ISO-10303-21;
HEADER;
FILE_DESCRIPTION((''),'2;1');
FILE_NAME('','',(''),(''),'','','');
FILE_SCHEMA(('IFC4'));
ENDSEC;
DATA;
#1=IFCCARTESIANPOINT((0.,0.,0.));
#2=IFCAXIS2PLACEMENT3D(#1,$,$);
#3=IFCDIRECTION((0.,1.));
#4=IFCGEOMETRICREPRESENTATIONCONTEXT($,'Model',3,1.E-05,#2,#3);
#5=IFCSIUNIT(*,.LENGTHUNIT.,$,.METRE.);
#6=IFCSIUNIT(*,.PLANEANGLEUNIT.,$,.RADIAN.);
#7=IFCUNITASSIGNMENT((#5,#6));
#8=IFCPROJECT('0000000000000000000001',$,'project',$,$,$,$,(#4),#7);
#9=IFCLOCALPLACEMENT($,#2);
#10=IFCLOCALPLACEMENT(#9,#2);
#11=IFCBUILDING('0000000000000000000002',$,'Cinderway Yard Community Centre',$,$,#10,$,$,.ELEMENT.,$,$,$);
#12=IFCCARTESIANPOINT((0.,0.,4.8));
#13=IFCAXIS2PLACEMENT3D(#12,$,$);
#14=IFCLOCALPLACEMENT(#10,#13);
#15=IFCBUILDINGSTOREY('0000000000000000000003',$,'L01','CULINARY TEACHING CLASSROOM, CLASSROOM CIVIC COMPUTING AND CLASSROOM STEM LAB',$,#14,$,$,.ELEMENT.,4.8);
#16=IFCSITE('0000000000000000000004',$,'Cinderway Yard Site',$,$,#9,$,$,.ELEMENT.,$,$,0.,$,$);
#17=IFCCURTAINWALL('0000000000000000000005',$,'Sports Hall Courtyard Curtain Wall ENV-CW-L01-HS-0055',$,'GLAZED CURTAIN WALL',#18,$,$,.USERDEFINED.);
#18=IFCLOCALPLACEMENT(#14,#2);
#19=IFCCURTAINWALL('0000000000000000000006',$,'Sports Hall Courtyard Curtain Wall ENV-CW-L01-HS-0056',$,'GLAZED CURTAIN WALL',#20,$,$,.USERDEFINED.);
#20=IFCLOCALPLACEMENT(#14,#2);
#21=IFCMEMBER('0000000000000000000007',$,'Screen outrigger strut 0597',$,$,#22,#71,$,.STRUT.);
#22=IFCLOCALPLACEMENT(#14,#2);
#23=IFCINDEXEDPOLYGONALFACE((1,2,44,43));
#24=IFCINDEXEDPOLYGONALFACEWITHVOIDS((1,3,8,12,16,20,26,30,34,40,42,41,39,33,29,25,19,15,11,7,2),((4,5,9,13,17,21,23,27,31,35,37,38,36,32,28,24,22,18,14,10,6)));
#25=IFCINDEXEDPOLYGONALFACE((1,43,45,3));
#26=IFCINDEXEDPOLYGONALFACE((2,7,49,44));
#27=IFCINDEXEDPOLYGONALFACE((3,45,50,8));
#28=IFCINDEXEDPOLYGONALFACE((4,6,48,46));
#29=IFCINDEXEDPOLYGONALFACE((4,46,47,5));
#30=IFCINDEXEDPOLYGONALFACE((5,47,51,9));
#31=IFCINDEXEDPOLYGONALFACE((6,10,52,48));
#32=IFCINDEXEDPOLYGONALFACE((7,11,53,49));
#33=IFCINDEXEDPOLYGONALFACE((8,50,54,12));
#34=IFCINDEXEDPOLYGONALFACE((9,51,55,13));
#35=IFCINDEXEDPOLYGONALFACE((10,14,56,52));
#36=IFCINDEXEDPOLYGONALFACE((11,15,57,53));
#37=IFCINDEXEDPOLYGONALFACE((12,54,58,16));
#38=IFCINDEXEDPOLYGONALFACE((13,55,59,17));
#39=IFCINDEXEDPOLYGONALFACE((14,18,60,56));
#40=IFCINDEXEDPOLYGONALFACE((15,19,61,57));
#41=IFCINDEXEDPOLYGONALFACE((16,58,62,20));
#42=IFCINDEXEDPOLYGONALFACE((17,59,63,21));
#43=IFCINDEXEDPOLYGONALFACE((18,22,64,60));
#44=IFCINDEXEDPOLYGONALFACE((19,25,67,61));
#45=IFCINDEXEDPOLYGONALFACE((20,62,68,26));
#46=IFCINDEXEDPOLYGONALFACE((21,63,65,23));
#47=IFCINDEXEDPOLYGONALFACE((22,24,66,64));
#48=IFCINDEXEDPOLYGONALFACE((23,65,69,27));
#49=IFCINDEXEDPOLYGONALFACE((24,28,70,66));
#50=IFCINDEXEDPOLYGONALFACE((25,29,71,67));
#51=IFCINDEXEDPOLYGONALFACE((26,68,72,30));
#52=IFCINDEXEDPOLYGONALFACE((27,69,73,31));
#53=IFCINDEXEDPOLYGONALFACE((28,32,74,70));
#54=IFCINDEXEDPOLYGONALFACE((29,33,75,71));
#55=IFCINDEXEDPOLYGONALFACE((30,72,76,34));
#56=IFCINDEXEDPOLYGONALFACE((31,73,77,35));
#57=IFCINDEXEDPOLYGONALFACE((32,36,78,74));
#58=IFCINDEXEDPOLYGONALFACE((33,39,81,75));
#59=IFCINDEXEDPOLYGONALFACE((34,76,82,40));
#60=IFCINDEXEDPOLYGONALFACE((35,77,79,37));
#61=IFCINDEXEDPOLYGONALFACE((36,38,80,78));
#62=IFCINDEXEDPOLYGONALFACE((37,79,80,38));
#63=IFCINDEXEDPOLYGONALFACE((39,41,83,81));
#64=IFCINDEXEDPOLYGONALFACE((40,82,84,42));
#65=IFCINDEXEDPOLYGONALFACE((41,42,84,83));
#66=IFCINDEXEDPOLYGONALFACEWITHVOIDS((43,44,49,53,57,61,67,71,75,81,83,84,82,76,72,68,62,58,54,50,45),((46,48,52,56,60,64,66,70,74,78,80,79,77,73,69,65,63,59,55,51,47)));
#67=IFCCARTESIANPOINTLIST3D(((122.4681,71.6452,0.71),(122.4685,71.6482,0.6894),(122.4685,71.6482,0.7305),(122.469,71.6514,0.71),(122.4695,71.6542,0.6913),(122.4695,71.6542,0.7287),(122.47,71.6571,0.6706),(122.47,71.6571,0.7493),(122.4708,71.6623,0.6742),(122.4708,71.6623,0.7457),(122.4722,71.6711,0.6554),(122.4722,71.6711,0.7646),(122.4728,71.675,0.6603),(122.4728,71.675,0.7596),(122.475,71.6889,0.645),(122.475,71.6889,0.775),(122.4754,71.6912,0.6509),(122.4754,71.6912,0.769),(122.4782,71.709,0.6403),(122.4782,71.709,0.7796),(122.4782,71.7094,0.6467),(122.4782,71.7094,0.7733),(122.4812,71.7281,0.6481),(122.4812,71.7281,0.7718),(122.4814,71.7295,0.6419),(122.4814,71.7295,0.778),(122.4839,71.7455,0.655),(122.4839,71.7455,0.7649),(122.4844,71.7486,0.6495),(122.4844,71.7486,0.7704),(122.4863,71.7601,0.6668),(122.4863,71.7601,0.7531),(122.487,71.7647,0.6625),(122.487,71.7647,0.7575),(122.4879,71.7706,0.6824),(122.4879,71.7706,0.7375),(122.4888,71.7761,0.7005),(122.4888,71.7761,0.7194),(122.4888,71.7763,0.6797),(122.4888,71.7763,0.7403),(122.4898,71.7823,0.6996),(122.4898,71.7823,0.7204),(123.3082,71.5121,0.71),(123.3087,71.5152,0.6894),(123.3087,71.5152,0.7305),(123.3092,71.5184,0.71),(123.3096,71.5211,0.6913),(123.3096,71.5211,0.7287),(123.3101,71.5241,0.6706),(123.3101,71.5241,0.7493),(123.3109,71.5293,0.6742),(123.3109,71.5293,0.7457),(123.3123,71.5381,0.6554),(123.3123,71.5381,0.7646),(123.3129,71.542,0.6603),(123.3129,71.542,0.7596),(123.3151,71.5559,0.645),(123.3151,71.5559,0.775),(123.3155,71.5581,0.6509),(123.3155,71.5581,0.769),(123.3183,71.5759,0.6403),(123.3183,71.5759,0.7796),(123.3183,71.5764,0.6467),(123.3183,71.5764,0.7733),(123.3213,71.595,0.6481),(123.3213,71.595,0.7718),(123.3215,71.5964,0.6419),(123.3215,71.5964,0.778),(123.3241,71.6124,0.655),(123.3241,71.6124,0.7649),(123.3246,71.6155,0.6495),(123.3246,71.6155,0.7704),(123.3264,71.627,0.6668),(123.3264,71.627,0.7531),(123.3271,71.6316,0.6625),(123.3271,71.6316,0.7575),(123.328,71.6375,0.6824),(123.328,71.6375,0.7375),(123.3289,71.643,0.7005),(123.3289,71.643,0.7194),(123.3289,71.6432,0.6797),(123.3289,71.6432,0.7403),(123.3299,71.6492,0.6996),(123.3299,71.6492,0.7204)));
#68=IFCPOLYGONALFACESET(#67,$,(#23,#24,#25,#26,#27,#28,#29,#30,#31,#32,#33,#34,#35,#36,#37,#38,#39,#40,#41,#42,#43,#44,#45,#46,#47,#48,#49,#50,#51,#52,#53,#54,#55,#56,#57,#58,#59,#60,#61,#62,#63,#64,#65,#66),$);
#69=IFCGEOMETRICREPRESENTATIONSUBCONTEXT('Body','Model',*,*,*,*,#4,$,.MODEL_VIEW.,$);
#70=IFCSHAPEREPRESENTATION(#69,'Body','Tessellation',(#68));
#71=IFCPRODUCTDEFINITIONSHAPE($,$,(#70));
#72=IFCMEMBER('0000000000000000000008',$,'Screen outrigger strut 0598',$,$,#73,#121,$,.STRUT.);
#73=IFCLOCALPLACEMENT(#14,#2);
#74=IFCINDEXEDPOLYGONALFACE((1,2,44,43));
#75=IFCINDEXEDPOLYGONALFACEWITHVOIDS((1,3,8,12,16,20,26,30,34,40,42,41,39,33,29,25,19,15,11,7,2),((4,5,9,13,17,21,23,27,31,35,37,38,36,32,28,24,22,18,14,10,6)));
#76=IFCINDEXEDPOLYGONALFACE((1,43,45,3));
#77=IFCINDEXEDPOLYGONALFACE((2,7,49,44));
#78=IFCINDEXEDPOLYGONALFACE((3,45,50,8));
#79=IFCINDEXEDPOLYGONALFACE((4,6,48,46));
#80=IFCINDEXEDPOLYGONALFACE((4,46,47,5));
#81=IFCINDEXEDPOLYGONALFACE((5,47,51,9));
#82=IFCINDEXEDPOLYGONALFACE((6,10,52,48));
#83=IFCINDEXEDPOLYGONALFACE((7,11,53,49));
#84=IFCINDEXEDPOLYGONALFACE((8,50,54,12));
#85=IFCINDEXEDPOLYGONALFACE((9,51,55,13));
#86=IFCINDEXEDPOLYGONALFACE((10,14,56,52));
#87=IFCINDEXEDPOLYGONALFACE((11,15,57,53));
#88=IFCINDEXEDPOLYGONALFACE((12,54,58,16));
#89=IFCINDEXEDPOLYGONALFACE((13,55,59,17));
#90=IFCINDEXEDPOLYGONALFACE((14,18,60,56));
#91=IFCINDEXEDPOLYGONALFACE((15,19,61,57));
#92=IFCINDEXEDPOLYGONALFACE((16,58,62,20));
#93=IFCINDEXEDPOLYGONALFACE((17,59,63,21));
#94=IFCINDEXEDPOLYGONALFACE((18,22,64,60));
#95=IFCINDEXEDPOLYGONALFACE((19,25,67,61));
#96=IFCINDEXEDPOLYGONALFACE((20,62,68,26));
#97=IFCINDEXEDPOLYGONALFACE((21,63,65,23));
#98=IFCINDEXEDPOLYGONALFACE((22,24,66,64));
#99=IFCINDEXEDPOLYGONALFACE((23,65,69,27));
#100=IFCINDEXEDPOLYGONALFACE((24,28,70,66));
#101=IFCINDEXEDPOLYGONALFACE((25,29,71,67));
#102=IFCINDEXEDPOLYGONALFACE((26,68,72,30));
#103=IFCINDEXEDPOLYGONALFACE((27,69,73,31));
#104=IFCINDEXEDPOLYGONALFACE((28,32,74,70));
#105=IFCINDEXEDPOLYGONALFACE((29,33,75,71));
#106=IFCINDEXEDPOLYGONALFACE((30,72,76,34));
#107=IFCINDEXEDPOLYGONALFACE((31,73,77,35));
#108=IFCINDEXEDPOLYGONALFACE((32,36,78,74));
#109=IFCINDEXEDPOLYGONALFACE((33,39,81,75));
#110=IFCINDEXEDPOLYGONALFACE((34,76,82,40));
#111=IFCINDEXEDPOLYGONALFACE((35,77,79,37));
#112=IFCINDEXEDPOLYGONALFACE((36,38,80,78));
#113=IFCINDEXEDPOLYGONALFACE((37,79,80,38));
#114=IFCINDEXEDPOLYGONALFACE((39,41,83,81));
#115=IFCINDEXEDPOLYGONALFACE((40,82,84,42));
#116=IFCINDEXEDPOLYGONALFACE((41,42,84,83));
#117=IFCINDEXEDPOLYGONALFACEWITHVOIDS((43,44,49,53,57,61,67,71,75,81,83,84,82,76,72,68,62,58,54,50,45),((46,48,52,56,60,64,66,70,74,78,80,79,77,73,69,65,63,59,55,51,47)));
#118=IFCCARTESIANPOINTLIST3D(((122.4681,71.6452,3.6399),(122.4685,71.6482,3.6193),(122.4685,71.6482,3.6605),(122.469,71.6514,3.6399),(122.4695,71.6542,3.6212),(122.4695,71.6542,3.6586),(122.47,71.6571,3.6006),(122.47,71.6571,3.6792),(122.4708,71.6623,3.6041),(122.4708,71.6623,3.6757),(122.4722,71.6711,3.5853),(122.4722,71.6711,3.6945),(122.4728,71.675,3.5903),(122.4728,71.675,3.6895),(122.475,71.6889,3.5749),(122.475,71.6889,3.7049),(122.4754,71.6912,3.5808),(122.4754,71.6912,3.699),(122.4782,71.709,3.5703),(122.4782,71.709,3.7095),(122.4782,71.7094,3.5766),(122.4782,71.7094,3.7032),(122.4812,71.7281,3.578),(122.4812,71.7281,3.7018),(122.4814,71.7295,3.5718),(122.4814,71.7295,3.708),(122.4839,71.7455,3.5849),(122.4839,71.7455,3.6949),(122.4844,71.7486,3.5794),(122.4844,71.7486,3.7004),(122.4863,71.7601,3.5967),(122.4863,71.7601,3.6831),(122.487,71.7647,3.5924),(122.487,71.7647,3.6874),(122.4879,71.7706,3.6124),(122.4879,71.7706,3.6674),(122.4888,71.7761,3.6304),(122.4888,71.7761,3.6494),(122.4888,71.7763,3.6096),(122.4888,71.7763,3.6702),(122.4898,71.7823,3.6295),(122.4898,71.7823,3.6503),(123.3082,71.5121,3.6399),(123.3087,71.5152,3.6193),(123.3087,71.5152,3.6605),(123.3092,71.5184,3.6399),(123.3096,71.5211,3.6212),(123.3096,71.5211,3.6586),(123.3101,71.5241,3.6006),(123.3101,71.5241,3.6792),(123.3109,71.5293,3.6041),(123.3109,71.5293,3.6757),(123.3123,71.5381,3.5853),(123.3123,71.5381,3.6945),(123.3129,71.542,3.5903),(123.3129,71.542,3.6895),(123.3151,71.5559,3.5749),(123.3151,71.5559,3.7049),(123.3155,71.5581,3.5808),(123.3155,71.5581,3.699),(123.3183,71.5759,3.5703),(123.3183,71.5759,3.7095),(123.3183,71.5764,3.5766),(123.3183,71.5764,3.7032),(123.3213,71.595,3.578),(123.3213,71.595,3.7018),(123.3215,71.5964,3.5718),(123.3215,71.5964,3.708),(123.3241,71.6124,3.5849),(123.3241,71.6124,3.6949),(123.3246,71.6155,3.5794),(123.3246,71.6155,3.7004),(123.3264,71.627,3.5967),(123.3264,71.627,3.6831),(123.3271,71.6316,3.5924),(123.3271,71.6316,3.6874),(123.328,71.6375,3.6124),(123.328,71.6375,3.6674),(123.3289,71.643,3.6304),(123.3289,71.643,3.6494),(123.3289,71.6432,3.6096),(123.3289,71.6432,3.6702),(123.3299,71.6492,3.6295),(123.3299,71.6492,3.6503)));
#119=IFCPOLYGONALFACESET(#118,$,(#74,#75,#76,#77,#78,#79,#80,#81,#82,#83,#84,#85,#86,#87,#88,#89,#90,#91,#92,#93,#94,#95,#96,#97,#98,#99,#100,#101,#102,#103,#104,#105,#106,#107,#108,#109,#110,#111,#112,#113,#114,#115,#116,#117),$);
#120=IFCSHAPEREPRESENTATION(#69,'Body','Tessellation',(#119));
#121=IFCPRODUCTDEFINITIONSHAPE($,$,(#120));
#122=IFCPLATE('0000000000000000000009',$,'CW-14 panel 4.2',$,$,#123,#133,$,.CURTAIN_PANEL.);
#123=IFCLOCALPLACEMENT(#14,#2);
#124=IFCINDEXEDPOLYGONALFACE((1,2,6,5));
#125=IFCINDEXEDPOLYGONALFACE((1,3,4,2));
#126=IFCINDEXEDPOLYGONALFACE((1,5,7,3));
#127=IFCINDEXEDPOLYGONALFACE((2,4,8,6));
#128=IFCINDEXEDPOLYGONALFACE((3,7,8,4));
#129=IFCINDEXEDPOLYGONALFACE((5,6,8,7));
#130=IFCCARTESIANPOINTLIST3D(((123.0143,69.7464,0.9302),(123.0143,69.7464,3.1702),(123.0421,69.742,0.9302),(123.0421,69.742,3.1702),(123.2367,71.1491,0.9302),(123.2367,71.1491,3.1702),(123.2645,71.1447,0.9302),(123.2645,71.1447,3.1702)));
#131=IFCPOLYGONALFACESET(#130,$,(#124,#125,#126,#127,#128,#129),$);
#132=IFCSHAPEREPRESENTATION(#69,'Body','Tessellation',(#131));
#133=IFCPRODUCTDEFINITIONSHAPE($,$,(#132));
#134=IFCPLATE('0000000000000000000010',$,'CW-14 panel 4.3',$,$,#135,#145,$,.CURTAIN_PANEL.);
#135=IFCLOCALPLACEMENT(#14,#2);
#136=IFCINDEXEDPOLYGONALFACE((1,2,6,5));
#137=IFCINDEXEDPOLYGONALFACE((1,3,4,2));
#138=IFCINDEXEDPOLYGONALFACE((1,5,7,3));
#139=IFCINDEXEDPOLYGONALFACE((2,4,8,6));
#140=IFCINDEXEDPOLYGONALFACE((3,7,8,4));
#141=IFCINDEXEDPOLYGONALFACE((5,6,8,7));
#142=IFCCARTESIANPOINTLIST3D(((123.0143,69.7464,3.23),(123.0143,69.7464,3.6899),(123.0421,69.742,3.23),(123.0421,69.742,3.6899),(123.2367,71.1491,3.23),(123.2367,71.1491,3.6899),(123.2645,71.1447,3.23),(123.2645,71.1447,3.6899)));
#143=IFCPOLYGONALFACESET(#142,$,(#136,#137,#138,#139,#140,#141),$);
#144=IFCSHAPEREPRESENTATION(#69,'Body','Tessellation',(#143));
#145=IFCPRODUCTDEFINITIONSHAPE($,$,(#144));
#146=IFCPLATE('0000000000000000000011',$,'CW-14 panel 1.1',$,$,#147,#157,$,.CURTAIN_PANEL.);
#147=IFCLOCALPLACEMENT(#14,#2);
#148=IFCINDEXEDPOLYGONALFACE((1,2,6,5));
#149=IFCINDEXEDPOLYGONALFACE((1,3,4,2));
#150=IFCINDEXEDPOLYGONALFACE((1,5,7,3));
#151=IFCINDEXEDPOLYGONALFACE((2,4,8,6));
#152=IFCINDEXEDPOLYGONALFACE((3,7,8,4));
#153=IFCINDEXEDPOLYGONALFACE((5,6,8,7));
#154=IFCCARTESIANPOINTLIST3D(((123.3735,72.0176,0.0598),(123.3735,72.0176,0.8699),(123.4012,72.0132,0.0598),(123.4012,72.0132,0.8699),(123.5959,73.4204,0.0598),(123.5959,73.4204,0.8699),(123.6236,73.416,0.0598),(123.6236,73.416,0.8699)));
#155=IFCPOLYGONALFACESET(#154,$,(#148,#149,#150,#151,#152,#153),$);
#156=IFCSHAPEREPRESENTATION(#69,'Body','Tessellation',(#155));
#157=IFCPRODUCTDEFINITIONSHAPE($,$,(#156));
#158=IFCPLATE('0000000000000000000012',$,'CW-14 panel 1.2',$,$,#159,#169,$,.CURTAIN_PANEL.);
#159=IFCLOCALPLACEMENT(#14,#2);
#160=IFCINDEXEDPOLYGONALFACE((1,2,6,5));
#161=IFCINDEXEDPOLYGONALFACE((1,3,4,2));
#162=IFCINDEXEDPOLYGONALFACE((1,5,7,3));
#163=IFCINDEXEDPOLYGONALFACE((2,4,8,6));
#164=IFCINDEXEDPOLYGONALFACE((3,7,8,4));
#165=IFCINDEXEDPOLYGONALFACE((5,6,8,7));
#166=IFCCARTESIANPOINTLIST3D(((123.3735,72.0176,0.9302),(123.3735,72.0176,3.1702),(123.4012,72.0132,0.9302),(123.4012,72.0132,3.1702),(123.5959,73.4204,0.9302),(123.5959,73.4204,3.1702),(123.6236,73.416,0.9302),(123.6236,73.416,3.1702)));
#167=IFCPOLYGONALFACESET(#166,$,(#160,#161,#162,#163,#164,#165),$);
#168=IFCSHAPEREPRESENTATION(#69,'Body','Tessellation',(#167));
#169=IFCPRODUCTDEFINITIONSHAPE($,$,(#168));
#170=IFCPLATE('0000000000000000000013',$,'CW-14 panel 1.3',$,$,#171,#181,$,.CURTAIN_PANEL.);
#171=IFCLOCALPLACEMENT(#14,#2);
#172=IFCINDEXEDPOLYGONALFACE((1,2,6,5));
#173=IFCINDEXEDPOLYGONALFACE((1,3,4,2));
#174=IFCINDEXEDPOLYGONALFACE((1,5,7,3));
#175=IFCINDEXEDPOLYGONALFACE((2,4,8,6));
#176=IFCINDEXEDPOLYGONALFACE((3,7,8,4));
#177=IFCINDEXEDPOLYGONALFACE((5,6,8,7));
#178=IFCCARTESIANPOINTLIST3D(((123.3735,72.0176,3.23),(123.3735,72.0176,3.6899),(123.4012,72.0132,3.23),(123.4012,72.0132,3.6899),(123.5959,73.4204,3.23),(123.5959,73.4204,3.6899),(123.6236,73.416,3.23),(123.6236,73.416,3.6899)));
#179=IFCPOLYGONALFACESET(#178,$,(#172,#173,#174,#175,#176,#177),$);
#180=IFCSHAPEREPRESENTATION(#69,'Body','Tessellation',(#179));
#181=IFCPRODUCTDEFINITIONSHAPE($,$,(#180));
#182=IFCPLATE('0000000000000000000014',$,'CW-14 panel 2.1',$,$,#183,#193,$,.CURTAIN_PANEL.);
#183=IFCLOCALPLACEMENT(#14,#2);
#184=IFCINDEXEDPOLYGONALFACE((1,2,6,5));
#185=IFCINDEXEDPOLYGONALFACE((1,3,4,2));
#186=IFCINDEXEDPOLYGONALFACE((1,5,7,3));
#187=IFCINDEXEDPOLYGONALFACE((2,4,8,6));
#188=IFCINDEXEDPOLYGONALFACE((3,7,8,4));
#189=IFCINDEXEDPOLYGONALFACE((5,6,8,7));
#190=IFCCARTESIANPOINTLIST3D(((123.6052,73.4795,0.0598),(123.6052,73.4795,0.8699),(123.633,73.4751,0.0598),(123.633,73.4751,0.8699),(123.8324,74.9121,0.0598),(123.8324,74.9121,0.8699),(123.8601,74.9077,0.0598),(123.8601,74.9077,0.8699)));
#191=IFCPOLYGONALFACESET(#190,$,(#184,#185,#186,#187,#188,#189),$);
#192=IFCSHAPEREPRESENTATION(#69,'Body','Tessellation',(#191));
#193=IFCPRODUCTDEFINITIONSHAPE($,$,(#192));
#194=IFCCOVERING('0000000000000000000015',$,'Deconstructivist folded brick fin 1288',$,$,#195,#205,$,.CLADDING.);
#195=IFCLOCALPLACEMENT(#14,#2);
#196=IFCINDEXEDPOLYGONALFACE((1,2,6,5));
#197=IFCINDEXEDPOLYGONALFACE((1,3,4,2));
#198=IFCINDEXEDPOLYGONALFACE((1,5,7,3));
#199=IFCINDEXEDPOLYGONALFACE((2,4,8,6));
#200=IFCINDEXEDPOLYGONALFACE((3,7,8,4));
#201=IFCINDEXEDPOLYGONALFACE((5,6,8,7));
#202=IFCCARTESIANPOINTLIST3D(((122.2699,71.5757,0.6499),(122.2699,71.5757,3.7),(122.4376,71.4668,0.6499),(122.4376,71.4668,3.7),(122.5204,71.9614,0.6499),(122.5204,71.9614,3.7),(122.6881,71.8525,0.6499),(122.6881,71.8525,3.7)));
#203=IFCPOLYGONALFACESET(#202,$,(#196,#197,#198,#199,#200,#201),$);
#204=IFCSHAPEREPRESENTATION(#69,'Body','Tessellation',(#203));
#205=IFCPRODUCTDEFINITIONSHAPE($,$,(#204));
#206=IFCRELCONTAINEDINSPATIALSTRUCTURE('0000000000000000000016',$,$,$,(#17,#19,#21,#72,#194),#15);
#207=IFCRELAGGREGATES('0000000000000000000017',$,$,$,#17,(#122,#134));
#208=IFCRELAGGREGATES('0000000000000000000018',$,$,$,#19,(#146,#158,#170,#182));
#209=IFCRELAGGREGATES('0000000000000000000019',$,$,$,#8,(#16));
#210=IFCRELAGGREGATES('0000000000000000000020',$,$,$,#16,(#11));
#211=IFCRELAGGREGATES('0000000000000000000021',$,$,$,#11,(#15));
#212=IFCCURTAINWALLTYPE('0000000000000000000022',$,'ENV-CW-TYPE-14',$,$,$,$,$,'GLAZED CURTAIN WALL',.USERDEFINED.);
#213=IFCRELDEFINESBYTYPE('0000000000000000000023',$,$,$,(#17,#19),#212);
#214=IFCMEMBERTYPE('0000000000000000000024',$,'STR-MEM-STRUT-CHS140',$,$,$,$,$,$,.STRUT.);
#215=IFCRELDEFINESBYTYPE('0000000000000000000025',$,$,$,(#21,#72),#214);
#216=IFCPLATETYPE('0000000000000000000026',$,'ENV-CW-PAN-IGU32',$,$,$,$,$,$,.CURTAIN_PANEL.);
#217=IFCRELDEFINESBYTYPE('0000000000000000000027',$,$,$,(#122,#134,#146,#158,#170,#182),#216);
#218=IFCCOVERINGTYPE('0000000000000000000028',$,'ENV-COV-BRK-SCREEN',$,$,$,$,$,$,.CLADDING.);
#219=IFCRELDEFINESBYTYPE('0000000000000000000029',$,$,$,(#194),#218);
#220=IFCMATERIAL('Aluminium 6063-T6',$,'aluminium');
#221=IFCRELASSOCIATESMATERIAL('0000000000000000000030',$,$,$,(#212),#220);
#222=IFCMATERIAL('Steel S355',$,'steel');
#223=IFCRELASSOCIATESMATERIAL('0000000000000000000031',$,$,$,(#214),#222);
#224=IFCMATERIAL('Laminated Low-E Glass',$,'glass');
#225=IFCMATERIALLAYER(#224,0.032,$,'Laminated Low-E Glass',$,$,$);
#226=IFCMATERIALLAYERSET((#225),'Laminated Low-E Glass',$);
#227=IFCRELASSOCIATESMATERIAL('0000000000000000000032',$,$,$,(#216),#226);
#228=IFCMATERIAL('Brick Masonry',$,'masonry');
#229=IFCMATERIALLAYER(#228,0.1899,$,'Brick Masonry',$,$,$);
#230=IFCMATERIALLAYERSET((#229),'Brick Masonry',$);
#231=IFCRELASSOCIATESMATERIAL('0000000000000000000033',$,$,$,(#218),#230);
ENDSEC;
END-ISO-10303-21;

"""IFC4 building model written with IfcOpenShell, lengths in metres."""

from ifc_helpers import new_model, si_unit, direction, frame, origin, origin_2d, place, context, subcontext, project, spatial, rectangle, hollow_circle, extrude, material, layer, layer_set, material_profile, profile_set, type_object, element, aggregate, save


model = new_model("IFC4")

# Units and contexts
model_context = context("Model", 3, precision=1e-05, world=origin(), true_north=direction((0.0, 1.0)))
body_context = subcontext(model_context, "Body", "Model", "MODEL_VIEW")
ifc_project = project(units=[si_unit("LENGTHUNIT", "METRE"), si_unit("PLANEANGLEUNIT", "RADIAN")], contexts=[model_context])

# Site, building, storey
site_placement = place(None, origin())
site = spatial("IfcSite", under=ifc_project, at=site_placement, Name="Cinderway Yard Site", CompositionType="ELEMENT", RefElevation=0.0)
building_placement = place(site_placement, origin())
building = spatial("IfcBuilding", under=site, at=building_placement, Name="Cinderway Yard Community Centre", CompositionType="ELEMENT")
storey_placement = place(building_placement, frame((0.0, 0.0, 4.8)))
storey = spatial("IfcBuildingStorey", under=building, at=storey_placement, Name="L01", Description="CULINARY TEACHING CLASSROOM, CLASSROOM CIVIC COMPUTING AND CLASSROOM STEM LAB", CompositionType="ELEMENT", Elevation=4.8)

# Curtain wall
ifc_material_1 = material(Name="Aluminium 6063-T6", Category="aluminium")
curtain_wall_type = type_object("IfcCurtainWallType", Name="ENV-CW-TYPE-14", ElementType="GLAZED CURTAIN WALL", PredefinedType="USERDEFINED", material=ifc_material_1)
curtain_wall_1_placement = place(storey_placement, origin())
curtain_wall_1 = element("IfcCurtainWall", 1, at=curtain_wall_1_placement, inside=storey, type_object=curtain_wall_type, Name="Sports Hall Courtyard Curtain Wall ENV-CW-L01-HS-0055", ObjectType="GLAZED CURTAIN WALL", PredefinedType="USERDEFINED")

# Curtain wall
curtain_wall_2_placement = place(storey_placement, origin())
curtain_wall_2 = element("IfcCurtainWall", 2, at=curtain_wall_2_placement, inside=storey, type_object=curtain_wall_type, Name="Sports Hall Courtyard Curtain Wall ENV-CW-L01-HS-0056", ObjectType="GLAZED CURTAIN WALL", PredefinedType="USERDEFINED")

# Shared definitions
ifc_material_2 = material(Name="Steel S355", Category="steel")

# Members
ifc_material_profile_1 = material_profile(ifc_material_2, hollow_circle(Radius=0.0698, WallThickness=0.0063, at=origin_2d()), Name="Steel S355")
ifc_profile_set_1 = profile_set([ifc_material_profile_1], Name="Steel S355")
member_type_1 = type_object("IfcMemberType", Name="STR-MEM-STRUT-CHS140", PredefinedType="STRUT", material=ifc_profile_set_1)
for number, where, z_axis, x_axis, name in (
    (3, (123.3191, 71.5811, 0.71), (-0.987688, 0.156434, 0.0), (-0.156434, -0.987688, 0.0), "Screen outrigger strut 0597"),
    (4, (123.3191, 71.5811, 3.6399), (-0.987688, 0.156434, 0.0), (-0.156434, -0.987688, 0.0), "Screen outrigger strut 0598"),
):
    element("IfcMember", number, at=place(storey_placement, frame(where, z_axis=z_axis, x_axis=x_axis)), inside=storey, type_object=member_type_1, Name=name, PredefinedType="STRUT", context=body_context, shape_type="SweptSolid", body=[
        extrude(hollow_circle(Radius=0.0698, WallThickness=0.0063, at=origin_2d()), origin(), (0.0, 0.0, 1.0), 0.8506),
    ])

# Plates
ifc_material_3 = material(Name="Laminated Low-E Glass", Category="glass")
ifc_layer_1 = layer(ifc_material_3, 0.032, Name="Laminated Low-E Glass")
ifc_layer_set_1 = layer_set([ifc_layer_1], Name="Laminated Low-E Glass")
plate_type = type_object("IfcPlateType", Name="ENV-CW-PAN-IGU32", PredefinedType="CURTAIN_PANEL", material=ifc_layer_set_1)
plate_1_placement = place(storey_placement, frame((123.1394, 70.4456, 0.9302), z_axis=(0.0, 0.0, 1.0), x_axis=(0.156609, 0.987661, 0.0)))
plate_1 = element("IfcPlate", 5, at=plate_1_placement, type_object=plate_type, Name="CW-14 panel 4.2", PredefinedType="CURTAIN_PANEL", context=body_context, shape_type="SweptSolid", body=[
    extrude(rectangle(XDim=1.4202, YDim=0.0281, at=origin_2d()), origin(), (0.0, 0.0, 1.0), 2.24),
])
plate_2_placement = place(storey_placement, frame((123.1394, 70.4456, 3.23), z_axis=(0.0, 0.0, 1.0), x_axis=(0.156609, 0.987661, 0.0)))
plate_2 = element("IfcPlate", 6, at=plate_2_placement, type_object=plate_type, Name="CW-14 panel 4.3", PredefinedType="CURTAIN_PANEL", context=body_context, shape_type="SweptSolid", body=[
    extrude(rectangle(XDim=1.4202, YDim=0.0281, at=origin_2d()), origin(), (0.0, 0.0, 1.0), 0.46),
])
aggregate(curtain_wall_1, [plate_1, plate_2])
plate_3_placement = place(storey_placement, frame((123.4985, 72.7168, 0.0598), z_axis=(0.0, 0.0, 1.0), x_axis=(0.156583, 0.987665, 0.0)))
plate_3 = element("IfcPlate", 7, at=plate_3_placement, type_object=plate_type, Name="CW-14 panel 1.1", PredefinedType="CURTAIN_PANEL", context=body_context, shape_type="SweptSolid", body=[
    extrude(rectangle(XDim=1.4204, YDim=0.0281, at=origin_2d()), origin(), (0.0, 0.0, 1.0), 0.8101),
])
plate_4_placement = place(storey_placement, frame((123.4985, 72.7168, 0.9302), z_axis=(0.0, 0.0, 1.0), x_axis=(0.156583, 0.987665, 0.0)))
plate_4 = element("IfcPlate", 8, at=plate_4_placement, type_object=plate_type, Name="CW-14 panel 1.2", PredefinedType="CURTAIN_PANEL", context=body_context, shape_type="SweptSolid", body=[
    extrude(rectangle(XDim=1.4204, YDim=0.0281, at=origin_2d()), origin(), (0.0, 0.0, 1.0), 2.24),
])
plate_5_placement = place(storey_placement, frame((123.4985, 72.7168, 3.23), z_axis=(0.0, 0.0, 1.0), x_axis=(0.156583, 0.987665, 0.0)))
plate_5 = element("IfcPlate", 9, at=plate_5_placement, type_object=plate_type, Name="CW-14 panel 1.3", PredefinedType="CURTAIN_PANEL", context=body_context, shape_type="SweptSolid", body=[
    extrude(rectangle(XDim=1.4204, YDim=0.0281, at=origin_2d()), origin(), (0.0, 0.0, 1.0), 0.46),
])
plate_6_placement = place(storey_placement, frame((123.7327, 74.1936, 0.0598), z_axis=(0.0, 0.0, 1.0), x_axis=(0.156583, 0.987665, 0.0)))
plate_6 = element("IfcPlate", 10, at=plate_6_placement, type_object=plate_type, Name="CW-14 panel 2.1", PredefinedType="CURTAIN_PANEL", context=body_context, shape_type="SweptSolid", body=[
    extrude(rectangle(XDim=1.4504, YDim=0.0281, at=origin_2d()), origin(), (0.0, 0.0, 1.0), 0.8101),
])
aggregate(curtain_wall_2, [plate_3, plate_4, plate_5, plate_6])

# Covering
ifc_material_4 = material(Name="Brick Masonry", Category="masonry")
ifc_layer_2 = layer(ifc_material_4, 0.1899, Name="Brick Masonry")
ifc_layer_set_2 = layer_set([ifc_layer_2], Name="Brick Masonry")
covering_type = type_object("IfcCoveringType", Name="ENV-COV-BRK-SCREEN", PredefinedType="CLADDING", material=ifc_layer_set_2)
covering_placement = place(storey_placement, frame((122.479, 71.7141, 0.6499), z_axis=(0.0, 0.0, 1.0), x_axis=(0.544639, 0.838671, 0.0)))
element("IfcCovering", 11, at=covering_placement, inside=storey, type_object=covering_type, Name="Deconstructivist folded brick fin 1288", PredefinedType="CLADDING", context=body_context, shape_type="SweptSolid", body=[
    extrude(rectangle(XDim=0.46, YDim=0.2, at=origin_2d()), origin(), (0.0, 0.0, 1.0), 3.05),
])

save(model, "model.ifc")
